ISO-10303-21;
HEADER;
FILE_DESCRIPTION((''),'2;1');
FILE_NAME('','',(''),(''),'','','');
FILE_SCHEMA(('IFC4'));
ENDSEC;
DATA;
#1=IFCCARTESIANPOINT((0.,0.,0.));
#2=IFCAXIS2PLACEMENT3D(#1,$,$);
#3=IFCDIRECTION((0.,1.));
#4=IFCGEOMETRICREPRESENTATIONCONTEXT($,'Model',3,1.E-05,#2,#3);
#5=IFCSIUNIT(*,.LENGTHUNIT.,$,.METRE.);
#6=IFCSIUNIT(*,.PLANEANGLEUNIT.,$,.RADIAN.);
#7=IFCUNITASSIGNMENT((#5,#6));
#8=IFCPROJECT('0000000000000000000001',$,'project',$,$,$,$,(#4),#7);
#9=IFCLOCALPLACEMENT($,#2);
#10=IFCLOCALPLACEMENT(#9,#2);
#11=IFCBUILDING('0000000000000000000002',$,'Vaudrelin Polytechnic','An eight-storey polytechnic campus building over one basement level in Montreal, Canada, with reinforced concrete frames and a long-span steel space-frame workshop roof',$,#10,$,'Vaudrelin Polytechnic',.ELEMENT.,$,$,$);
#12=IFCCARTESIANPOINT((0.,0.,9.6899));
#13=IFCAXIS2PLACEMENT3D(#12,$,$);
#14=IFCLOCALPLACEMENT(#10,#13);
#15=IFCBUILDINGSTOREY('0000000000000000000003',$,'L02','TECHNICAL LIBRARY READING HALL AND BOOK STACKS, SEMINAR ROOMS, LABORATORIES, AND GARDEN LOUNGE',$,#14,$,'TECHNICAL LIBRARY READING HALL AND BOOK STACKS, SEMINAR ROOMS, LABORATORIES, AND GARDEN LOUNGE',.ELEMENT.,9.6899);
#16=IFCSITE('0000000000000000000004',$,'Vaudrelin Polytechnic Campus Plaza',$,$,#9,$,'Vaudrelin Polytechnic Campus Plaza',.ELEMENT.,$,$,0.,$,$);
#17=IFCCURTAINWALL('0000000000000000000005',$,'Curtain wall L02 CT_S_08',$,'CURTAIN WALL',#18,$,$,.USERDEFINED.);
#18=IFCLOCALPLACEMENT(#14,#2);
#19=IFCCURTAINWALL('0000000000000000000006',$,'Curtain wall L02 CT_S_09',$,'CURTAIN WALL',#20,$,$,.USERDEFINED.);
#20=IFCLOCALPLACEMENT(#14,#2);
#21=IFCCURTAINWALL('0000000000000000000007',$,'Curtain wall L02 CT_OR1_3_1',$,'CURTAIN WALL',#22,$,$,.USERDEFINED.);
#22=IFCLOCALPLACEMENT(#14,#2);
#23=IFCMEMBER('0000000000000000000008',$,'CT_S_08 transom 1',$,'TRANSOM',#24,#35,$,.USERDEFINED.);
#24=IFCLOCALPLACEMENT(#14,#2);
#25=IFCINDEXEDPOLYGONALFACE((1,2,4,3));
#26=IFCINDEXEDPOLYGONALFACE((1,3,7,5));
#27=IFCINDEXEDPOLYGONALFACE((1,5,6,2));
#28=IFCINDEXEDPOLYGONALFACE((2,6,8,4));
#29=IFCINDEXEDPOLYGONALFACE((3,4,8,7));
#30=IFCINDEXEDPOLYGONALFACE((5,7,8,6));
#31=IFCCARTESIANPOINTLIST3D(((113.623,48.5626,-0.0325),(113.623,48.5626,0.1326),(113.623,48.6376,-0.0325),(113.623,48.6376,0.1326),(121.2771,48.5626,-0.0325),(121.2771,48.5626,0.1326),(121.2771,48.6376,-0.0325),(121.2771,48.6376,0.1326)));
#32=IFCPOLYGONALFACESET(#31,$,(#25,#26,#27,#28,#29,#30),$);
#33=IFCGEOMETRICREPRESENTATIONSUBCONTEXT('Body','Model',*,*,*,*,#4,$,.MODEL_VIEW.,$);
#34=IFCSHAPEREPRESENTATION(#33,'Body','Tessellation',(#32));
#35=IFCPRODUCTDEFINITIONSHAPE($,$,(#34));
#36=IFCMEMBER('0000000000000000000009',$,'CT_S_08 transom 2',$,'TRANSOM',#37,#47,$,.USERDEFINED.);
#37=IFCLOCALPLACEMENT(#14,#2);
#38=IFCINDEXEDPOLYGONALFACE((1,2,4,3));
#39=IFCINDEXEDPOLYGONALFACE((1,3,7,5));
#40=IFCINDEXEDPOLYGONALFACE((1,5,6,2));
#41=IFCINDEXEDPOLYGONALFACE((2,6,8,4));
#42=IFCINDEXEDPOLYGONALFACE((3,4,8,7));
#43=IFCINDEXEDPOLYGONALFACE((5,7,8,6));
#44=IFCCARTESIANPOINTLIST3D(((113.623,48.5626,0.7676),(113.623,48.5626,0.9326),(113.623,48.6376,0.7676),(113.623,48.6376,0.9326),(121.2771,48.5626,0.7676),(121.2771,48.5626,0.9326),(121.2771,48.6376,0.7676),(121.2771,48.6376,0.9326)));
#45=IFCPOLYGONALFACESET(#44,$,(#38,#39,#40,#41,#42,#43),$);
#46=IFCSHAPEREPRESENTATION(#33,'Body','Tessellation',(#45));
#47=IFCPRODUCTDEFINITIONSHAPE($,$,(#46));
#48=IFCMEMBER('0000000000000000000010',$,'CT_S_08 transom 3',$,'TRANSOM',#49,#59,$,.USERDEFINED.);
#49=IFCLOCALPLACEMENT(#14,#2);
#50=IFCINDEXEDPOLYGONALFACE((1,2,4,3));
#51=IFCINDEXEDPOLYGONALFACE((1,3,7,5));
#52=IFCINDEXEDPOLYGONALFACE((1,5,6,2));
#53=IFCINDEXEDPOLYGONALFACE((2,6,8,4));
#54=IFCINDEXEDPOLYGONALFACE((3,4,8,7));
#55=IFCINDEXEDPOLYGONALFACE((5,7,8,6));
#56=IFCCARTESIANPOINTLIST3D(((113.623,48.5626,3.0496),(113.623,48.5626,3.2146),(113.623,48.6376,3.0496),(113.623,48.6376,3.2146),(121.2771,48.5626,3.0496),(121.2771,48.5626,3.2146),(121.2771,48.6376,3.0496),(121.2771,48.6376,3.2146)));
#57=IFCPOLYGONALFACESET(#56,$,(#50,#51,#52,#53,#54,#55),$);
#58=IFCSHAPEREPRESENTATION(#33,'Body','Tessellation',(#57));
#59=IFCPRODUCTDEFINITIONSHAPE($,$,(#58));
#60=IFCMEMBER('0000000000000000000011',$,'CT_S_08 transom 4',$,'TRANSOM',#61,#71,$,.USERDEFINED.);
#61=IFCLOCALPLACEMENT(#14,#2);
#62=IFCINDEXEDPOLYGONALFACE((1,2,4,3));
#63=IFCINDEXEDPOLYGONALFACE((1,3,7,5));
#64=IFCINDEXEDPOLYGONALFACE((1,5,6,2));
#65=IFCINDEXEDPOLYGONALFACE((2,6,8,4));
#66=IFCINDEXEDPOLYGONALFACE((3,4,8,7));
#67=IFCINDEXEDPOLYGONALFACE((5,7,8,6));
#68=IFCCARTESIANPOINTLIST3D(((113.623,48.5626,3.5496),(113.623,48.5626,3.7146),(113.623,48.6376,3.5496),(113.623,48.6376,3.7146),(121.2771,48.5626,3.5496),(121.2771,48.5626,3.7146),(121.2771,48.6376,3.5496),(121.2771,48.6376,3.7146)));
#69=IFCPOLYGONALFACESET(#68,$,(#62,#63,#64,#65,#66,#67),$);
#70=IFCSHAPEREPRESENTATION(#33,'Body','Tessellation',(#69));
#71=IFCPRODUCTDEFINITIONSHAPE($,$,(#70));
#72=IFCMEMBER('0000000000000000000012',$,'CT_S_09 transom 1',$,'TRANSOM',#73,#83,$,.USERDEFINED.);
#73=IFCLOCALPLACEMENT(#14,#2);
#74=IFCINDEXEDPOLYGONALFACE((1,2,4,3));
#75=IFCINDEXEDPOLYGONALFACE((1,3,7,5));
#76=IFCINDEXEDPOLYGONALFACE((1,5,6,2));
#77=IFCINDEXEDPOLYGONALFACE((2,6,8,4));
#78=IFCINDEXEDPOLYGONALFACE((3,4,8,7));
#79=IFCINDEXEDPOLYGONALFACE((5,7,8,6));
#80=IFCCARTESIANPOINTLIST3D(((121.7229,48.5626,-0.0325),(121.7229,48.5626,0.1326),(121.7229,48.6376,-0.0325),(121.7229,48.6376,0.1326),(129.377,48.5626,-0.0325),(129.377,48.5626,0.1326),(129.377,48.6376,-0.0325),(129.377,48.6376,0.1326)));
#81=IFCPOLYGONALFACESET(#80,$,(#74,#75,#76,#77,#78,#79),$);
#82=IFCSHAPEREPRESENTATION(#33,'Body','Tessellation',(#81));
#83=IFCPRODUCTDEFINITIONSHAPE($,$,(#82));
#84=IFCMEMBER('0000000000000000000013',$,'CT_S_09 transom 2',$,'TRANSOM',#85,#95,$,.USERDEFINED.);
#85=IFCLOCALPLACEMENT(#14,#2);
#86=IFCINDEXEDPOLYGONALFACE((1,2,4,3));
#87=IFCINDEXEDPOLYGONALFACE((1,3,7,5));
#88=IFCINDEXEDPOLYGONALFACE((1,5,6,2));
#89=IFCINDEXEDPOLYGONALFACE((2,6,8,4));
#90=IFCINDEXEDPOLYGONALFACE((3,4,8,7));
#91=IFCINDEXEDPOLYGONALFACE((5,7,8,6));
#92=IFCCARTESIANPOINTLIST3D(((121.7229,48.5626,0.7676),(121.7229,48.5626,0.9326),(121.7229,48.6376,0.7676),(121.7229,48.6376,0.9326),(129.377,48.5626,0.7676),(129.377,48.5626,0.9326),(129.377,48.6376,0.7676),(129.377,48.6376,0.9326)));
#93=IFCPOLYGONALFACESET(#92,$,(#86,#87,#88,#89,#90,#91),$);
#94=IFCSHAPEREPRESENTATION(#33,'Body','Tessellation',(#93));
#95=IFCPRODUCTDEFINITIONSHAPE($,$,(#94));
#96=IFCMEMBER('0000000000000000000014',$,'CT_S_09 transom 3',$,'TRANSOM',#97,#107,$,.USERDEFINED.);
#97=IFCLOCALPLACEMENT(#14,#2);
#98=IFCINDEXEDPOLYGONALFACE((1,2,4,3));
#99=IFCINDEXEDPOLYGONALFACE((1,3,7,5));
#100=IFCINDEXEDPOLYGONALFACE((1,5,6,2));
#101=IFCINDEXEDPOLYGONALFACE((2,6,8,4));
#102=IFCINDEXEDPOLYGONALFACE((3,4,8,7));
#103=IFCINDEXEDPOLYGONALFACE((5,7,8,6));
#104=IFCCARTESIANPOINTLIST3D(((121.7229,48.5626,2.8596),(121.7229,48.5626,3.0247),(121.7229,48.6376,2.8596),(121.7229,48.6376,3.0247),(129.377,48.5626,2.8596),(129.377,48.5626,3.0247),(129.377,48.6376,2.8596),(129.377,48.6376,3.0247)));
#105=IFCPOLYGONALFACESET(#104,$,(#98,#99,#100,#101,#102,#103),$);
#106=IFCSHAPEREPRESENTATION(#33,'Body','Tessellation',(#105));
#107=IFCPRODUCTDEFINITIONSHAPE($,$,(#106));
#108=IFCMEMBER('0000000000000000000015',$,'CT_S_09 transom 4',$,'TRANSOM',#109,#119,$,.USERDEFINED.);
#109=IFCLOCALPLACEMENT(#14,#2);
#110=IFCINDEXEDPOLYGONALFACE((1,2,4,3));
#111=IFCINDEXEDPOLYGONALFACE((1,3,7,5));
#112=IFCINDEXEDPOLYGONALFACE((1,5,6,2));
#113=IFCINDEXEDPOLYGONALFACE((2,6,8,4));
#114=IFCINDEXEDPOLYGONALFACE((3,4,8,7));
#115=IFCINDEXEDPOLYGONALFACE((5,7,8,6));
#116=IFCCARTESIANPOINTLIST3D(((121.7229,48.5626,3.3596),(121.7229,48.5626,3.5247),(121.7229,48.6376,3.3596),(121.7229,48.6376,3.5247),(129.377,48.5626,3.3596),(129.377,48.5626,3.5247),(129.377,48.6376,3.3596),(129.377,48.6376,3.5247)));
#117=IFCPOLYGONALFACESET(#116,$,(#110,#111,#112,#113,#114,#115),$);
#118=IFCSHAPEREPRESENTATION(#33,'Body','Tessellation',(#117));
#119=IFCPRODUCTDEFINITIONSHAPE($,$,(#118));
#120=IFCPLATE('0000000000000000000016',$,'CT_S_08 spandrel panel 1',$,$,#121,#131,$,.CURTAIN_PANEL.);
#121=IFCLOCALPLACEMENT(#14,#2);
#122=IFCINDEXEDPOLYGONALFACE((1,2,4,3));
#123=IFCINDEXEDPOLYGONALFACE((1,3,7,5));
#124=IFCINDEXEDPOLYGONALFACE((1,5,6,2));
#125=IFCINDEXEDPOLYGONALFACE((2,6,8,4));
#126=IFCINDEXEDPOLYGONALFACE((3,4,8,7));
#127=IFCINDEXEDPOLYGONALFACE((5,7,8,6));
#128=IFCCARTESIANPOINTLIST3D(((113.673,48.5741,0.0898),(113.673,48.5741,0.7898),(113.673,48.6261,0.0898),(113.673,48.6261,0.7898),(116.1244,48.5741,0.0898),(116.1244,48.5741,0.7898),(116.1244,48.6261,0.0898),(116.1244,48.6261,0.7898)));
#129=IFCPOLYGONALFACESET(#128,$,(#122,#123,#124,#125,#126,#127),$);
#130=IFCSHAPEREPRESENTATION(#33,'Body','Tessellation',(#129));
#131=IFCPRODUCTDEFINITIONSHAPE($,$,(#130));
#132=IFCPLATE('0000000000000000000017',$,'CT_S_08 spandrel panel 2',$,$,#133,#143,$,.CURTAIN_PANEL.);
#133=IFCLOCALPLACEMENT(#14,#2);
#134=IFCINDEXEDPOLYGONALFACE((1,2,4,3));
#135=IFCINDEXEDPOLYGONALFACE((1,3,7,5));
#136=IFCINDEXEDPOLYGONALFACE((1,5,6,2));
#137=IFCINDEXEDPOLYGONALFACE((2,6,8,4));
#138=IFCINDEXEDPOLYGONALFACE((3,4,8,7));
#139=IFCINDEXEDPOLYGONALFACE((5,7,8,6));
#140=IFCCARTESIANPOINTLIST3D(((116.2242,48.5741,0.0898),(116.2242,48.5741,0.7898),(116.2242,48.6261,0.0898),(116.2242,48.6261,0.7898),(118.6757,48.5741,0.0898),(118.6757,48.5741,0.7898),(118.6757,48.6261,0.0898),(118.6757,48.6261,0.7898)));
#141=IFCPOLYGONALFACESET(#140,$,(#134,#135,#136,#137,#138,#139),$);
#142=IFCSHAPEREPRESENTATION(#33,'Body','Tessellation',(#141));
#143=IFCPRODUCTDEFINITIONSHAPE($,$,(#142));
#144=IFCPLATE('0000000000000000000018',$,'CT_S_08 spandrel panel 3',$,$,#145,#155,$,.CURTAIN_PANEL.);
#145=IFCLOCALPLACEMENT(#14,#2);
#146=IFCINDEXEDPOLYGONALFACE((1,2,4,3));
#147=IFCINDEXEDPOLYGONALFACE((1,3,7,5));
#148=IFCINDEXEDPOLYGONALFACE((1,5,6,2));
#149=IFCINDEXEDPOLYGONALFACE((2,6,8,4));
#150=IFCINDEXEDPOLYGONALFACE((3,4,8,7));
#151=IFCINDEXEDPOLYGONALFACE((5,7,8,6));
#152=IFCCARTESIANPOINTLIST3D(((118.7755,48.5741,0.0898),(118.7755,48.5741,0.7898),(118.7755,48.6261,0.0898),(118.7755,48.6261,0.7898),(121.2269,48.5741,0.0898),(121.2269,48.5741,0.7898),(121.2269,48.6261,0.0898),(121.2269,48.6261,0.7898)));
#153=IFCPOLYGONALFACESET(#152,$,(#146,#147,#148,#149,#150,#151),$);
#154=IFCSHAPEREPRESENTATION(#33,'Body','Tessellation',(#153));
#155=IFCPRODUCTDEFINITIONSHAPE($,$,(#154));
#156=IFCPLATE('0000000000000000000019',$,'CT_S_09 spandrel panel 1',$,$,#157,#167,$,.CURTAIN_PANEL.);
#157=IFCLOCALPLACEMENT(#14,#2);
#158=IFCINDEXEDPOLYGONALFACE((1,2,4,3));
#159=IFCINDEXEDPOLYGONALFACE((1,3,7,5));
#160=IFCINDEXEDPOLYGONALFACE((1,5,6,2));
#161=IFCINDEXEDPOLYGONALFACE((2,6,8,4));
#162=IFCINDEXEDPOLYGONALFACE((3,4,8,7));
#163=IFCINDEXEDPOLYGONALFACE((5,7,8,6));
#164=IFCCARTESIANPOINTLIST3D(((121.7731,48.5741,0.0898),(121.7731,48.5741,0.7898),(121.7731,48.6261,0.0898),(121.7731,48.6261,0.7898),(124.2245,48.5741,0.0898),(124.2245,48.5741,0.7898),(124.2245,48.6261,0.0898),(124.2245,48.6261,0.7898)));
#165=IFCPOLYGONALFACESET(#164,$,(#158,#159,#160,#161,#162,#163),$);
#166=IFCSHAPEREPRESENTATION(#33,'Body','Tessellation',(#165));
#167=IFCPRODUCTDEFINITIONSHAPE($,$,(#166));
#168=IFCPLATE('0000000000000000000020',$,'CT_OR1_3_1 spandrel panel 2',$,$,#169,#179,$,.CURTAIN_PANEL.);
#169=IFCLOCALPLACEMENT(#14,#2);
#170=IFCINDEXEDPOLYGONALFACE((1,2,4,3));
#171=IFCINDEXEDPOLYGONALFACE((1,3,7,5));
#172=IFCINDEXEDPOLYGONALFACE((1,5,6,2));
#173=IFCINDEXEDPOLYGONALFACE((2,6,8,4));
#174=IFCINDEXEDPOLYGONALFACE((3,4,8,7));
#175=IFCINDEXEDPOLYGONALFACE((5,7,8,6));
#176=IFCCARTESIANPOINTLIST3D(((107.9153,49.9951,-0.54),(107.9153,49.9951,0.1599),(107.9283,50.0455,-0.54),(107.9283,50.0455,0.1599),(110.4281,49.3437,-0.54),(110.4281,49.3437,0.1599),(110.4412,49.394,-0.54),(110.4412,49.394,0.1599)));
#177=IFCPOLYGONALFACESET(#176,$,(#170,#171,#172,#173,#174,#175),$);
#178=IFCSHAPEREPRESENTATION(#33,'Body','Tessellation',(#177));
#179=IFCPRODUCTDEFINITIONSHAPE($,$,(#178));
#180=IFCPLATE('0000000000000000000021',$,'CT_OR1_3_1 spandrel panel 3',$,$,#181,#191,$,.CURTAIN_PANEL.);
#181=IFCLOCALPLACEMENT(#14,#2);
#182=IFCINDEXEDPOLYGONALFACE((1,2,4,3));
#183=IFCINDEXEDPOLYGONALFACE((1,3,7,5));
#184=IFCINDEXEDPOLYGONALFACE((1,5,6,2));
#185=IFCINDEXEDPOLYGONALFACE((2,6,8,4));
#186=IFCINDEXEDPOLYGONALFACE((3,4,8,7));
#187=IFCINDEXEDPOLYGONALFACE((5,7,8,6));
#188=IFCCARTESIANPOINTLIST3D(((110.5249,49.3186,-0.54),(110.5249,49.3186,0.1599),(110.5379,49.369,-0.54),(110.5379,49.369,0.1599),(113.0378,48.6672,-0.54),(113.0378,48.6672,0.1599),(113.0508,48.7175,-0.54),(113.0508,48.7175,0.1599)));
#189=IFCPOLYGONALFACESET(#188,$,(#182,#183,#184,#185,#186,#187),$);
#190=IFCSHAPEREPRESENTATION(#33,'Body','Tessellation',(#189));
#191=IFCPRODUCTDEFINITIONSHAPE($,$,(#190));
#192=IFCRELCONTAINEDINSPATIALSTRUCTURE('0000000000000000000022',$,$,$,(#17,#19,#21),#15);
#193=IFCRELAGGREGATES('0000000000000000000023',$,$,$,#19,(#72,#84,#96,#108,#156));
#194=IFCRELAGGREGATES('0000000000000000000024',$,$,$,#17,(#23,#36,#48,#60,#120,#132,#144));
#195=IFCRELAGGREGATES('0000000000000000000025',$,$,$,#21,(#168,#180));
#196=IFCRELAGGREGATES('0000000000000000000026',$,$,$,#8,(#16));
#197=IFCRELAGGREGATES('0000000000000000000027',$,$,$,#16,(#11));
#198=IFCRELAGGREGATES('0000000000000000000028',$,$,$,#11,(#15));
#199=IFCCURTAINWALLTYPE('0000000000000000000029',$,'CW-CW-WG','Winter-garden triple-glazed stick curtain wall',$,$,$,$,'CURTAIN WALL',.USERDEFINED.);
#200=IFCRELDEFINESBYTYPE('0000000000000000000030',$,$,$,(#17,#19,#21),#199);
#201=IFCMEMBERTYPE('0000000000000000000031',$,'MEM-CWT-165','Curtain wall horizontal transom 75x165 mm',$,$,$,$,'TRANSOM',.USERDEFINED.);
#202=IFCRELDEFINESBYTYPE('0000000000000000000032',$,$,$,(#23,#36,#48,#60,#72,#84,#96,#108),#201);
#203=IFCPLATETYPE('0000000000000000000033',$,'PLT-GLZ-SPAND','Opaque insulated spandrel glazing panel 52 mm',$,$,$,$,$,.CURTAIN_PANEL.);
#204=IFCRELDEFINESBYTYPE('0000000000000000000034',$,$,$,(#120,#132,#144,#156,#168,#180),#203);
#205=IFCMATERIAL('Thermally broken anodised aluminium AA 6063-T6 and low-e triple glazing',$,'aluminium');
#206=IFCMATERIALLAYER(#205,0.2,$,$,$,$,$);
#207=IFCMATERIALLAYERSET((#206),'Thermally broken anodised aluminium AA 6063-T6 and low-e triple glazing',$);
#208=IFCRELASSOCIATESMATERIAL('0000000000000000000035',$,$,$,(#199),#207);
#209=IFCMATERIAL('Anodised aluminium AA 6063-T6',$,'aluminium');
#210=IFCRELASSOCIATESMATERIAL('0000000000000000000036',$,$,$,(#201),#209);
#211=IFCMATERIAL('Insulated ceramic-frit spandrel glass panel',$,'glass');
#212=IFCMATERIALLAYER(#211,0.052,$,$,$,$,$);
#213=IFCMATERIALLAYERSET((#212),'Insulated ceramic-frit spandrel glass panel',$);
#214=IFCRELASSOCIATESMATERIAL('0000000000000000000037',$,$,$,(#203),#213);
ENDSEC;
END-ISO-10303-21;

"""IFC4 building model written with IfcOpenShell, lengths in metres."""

from ifc_helpers import new_model, si_unit, direction, frame, origin, origin_2d, place, context, subcontext, project, spatial, rectangle, extrude, material, layer, layer_set, material_profile, profile_set, type_object, element, aggregate, save


model = new_model("IFC4")

# Units and contexts
model_context = context("Model", 3, precision=1e-05, world=origin(), true_north=direction((0.0, 1.0)))
body_context = subcontext(model_context, "Body", "Model", "MODEL_VIEW")
ifc_project = project(units=[si_unit("LENGTHUNIT", "METRE"), si_unit("PLANEANGLEUNIT", "RADIAN")], contexts=[model_context])

# Site, building, storey
site_placement = place(None, origin())
site = spatial("IfcSite", under=ifc_project, at=site_placement, Name="Vaudrelin Polytechnic Campus Plaza", LongName="Vaudrelin Polytechnic Campus Plaza", CompositionType="ELEMENT", RefElevation=0.0)
building_placement = place(site_placement, origin())
building = spatial("IfcBuilding", under=site, at=building_placement, Name="Vaudrelin Polytechnic", Description="An eight-storey polytechnic campus building over one basement level in Montreal, Canada, with reinforced concrete frames and a long-span steel space-frame workshop roof", LongName="Vaudrelin Polytechnic", CompositionType="ELEMENT")
storey_placement = place(building_placement, frame((0.0, 0.0, 9.6899)))
storey = spatial("IfcBuildingStorey", under=building, at=storey_placement, Name="L02", Description="TECHNICAL LIBRARY READING HALL AND BOOK STACKS, SEMINAR ROOMS, LABORATORIES, AND GARDEN LOUNGE", LongName="TECHNICAL LIBRARY READING HALL AND BOOK STACKS, SEMINAR ROOMS, LABORATORIES, AND GARDEN LOUNGE", CompositionType="ELEMENT", Elevation=9.6899)

# Curtain wall
ifc_material_1 = material(Name="Thermally broken anodised aluminium AA 6063-T6 and low-e triple glazing", Category="aluminium")
ifc_layer_1 = layer(ifc_material_1, 0.2)
ifc_layer_set_1 = layer_set([ifc_layer_1], Name="Thermally broken anodised aluminium AA 6063-T6 and low-e triple glazing")
curtain_wall_type = type_object("IfcCurtainWallType", Name="CW-CW-WG", Description="Winter-garden triple-glazed stick curtain wall", ElementType="CURTAIN WALL", PredefinedType="USERDEFINED", material=ifc_layer_set_1)
curtain_wall_1_placement = place(storey_placement, origin())
curtain_wall_1 = element("IfcCurtainWall", 1, at=curtain_wall_1_placement, inside=storey, type_object=curtain_wall_type, Name="Curtain wall L02 CT_S_08", ObjectType="CURTAIN WALL", PredefinedType="USERDEFINED")
ifc_material_2 = material(Name="Anodised aluminium AA 6063-T6", Category="aluminium")

# Curtain wall
curtain_wall_2_placement = place(storey_placement, origin())
curtain_wall_2 = element("IfcCurtainWall", 2, at=curtain_wall_2_placement, inside=storey, type_object=curtain_wall_type, Name="Curtain wall L02 CT_S_09", ObjectType="CURTAIN WALL", PredefinedType="USERDEFINED")

# Curtain wall
curtain_wall_3_placement = place(storey_placement, origin())
curtain_wall_3 = element("IfcCurtainWall", 3, at=curtain_wall_3_placement, inside=storey, type_object=curtain_wall_type, Name="Curtain wall L02 CT_OR1_3_1", ObjectType="CURTAIN WALL", PredefinedType="USERDEFINED")

# Members
ifc_material_profile_1 = material_profile(ifc_material_2, rectangle(XDim=0.075, YDim=0.165, at=origin_2d()), Name="CWT-75x165")
ifc_profile_set_1 = profile_set([ifc_material_profile_1], Name="Anodised aluminium AA 6063-T6")
member_type_1 = type_object("IfcMemberType", Name="MEM-CWT-165", Description="Curtain wall horizontal transom 75x165 mm", ElementType="TRANSOM", PredefinedType="USERDEFINED", material=ifc_profile_set_1)
member_1_placement = place(storey_placement, frame((113.623, 48.6001, 0.05), z_axis=(1.0, 0.0, 0.0), x_axis=(0.0, 1.0, 0.0)))
member_1 = element("IfcMember", 4, at=member_1_placement, type_object=member_type_1, Name="CT_S_08 transom 1", ObjectType="TRANSOM", PredefinedType="USERDEFINED", context=body_context, shape_type="SweptSolid", body=[
    extrude(rectangle(XDim=0.075, YDim=0.165, at=origin_2d()), origin(), (0.0, 0.0, 1.0), 7.6541),
])
member_2_placement = place(storey_placement, frame((113.623, 48.6001, 0.8501), z_axis=(1.0, 0.0, 0.0), x_axis=(0.0, 1.0, 0.0)))
member_2 = element("IfcMember", 5, at=member_2_placement, type_object=member_type_1, Name="CT_S_08 transom 2", ObjectType="TRANSOM", PredefinedType="USERDEFINED", context=body_context, shape_type="SweptSolid", body=[
    extrude(rectangle(XDim=0.075, YDim=0.165, at=origin_2d()), origin(), (0.0, 0.0, 1.0), 7.6541),
])
member_3_placement = place(storey_placement, frame((113.623, 48.6001, 3.1321), z_axis=(1.0, 0.0, 0.0), x_axis=(0.0, 1.0, 0.0)))
member_3 = element("IfcMember", 6, at=member_3_placement, type_object=member_type_1, Name="CT_S_08 transom 3", ObjectType="TRANSOM", PredefinedType="USERDEFINED", context=body_context, shape_type="SweptSolid", body=[
    extrude(rectangle(XDim=0.075, YDim=0.165, at=origin_2d()), origin(), (0.0, 0.0, 1.0), 7.6541),
])
member_4_placement = place(storey_placement, frame((113.623, 48.6001, 3.6321), z_axis=(1.0, 0.0, 0.0), x_axis=(0.0, 1.0, 0.0)))
member_4 = element("IfcMember", 7, at=member_4_placement, type_object=member_type_1, Name="CT_S_08 transom 4", ObjectType="TRANSOM", PredefinedType="USERDEFINED", context=body_context, shape_type="SweptSolid", body=[
    extrude(rectangle(XDim=0.075, YDim=0.165, at=origin_2d()), origin(), (0.0, 0.0, 1.0), 7.6541),
])
member_5_placement = place(storey_placement, frame((121.7229, 48.6001, 0.05), z_axis=(1.0, 0.0, 0.0), x_axis=(0.0, 1.0, 0.0)))
member_5 = element("IfcMember", 8, at=member_5_placement, type_object=member_type_1, Name="CT_S_09 transom 1", ObjectType="TRANSOM", PredefinedType="USERDEFINED", context=body_context, shape_type="SweptSolid", body=[
    extrude(rectangle(XDim=0.075, YDim=0.165, at=origin_2d()), origin(), (0.0, 0.0, 1.0), 7.6541),
])
member_6_placement = place(storey_placement, frame((121.7229, 48.6001, 0.8501), z_axis=(1.0, 0.0, 0.0), x_axis=(0.0, 1.0, 0.0)))
member_6 = element("IfcMember", 9, at=member_6_placement, type_object=member_type_1, Name="CT_S_09 transom 2", ObjectType="TRANSOM", PredefinedType="USERDEFINED", context=body_context, shape_type="SweptSolid", body=[
    extrude(rectangle(XDim=0.075, YDim=0.165, at=origin_2d()), origin(), (0.0, 0.0, 1.0), 7.6541),
])
member_7_placement = place(storey_placement, frame((121.7229, 48.6001, 2.9421), z_axis=(1.0, 0.0, 0.0), x_axis=(0.0, 1.0, 0.0)))
member_7 = element("IfcMember", 10, at=member_7_placement, type_object=member_type_1, Name="CT_S_09 transom 3", ObjectType="TRANSOM", PredefinedType="USERDEFINED", context=body_context, shape_type="SweptSolid", body=[
    extrude(rectangle(XDim=0.075, YDim=0.165, at=origin_2d()), origin(), (0.0, 0.0, 1.0), 7.6541),
])
member_8_placement = place(storey_placement, frame((121.7229, 48.6001, 3.4421), z_axis=(1.0, 0.0, 0.0), x_axis=(0.0, 1.0, 0.0)))
member_8 = element("IfcMember", 11, at=member_8_placement, type_object=member_type_1, Name="CT_S_09 transom 4", ObjectType="TRANSOM", PredefinedType="USERDEFINED", context=body_context, shape_type="SweptSolid", body=[
    extrude(rectangle(XDim=0.075, YDim=0.165, at=origin_2d()), origin(), (0.0, 0.0, 1.0), 7.6541),
])

# Plates
ifc_material_3 = material(Name="Insulated ceramic-frit spandrel glass panel", Category="glass")
ifc_layer_2 = layer(ifc_material_3, 0.052)
ifc_layer_set_2 = layer_set([ifc_layer_2], Name="Insulated ceramic-frit spandrel glass panel")
plate_type_1 = type_object("IfcPlateType", Name="PLT-GLZ-SPAND", Description="Opaque insulated spandrel glazing panel 52 mm", PredefinedType="CURTAIN_PANEL", material=ifc_layer_set_2)
plate_1_placement = place(storey_placement, frame((114.8987, 48.6001, 0.0898), z_axis=(0.0, 0.0, 1.0), x_axis=(1.0, 0.0, 0.0)))
plate_1 = element("IfcPlate", 12, at=plate_1_placement, type_object=plate_type_1, Name="CT_S_08 spandrel panel 1", PredefinedType="CURTAIN_PANEL", context=body_context, shape_type="SweptSolid", body=[
    extrude(rectangle(XDim=2.4514, YDim=0.052, at=origin_2d()), origin(), (0.0, 0.0, 1.0), 0.7),
])
plate_2_placement = place(storey_placement, frame((117.45, 48.6001, 0.0898), z_axis=(0.0, 0.0, 1.0), x_axis=(1.0, 0.0, 0.0)))
plate_2 = element("IfcPlate", 13, at=plate_2_placement, type_object=plate_type_1, Name="CT_S_08 spandrel panel 2", PredefinedType="CURTAIN_PANEL", context=body_context, shape_type="SweptSolid", body=[
    extrude(rectangle(XDim=2.4514, YDim=0.052, at=origin_2d()), origin(), (0.0, 0.0, 1.0), 0.7),
])
plate_3_placement = place(storey_placement, frame((120.0012, 48.6001, 0.0898), z_axis=(0.0, 0.0, 1.0), x_axis=(1.0, 0.0, 0.0)))
plate_3 = element("IfcPlate", 14, at=plate_3_placement, type_object=plate_type_1, Name="CT_S_08 spandrel panel 3", PredefinedType="CURTAIN_PANEL", context=body_context, shape_type="SweptSolid", body=[
    extrude(rectangle(XDim=2.4514, YDim=0.052, at=origin_2d()), origin(), (0.0, 0.0, 1.0), 0.7),
])
plate_4_placement = place(storey_placement, frame((122.9988, 48.6001, 0.0898), z_axis=(0.0, 0.0, 1.0), x_axis=(1.0, 0.0, 0.0)))
plate_4 = element("IfcPlate", 15, at=plate_4_placement, type_object=plate_type_1, Name="CT_S_09 spandrel panel 1", PredefinedType="CURTAIN_PANEL", context=body_context, shape_type="SweptSolid", body=[
    extrude(rectangle(XDim=2.4514, YDim=0.052, at=origin_2d()), origin(), (0.0, 0.0, 1.0), 0.7),
])
aggregate(curtain_wall_2, [member_5, member_6, member_7, member_8, plate_4])
plate_5_placement = place(storey_placement, frame((109.1782, 49.6946, -0.54), z_axis=(0.0, 0.0, 1.0), x_axis=(0.967998, -0.250957, 0.0)))
plate_5 = element("IfcPlate", 16, at=plate_5_placement, type_object=plate_type_1, Name="CT_OR1_3_1 spandrel panel 2", PredefinedType="CURTAIN_PANEL", context=body_context, shape_type="SweptSolid", body=[
    extrude(rectangle(XDim=2.5959, YDim=0.052, at=origin_2d()), origin(), (0.0, 0.0, 1.0), 0.7),
])
plate_6_placement = place(storey_placement, frame((111.7878, 49.0181, -0.54), z_axis=(0.0, 0.0, 1.0), x_axis=(0.967998, -0.250957, 0.0)))
plate_6 = element("IfcPlate", 17, at=plate_6_placement, type_object=plate_type_1, Name="CT_OR1_3_1 spandrel panel 3", PredefinedType="CURTAIN_PANEL", context=body_context, shape_type="SweptSolid", body=[
    extrude(rectangle(XDim=2.5959, YDim=0.052, at=origin_2d()), origin(), (0.0, 0.0, 1.0), 0.7),
])
aggregate(curtain_wall_1, [member_1, member_2, member_3, member_4, plate_1, plate_2, plate_3])
aggregate(curtain_wall_3, [plate_5, plate_6])

save(model, "model.ifc")
